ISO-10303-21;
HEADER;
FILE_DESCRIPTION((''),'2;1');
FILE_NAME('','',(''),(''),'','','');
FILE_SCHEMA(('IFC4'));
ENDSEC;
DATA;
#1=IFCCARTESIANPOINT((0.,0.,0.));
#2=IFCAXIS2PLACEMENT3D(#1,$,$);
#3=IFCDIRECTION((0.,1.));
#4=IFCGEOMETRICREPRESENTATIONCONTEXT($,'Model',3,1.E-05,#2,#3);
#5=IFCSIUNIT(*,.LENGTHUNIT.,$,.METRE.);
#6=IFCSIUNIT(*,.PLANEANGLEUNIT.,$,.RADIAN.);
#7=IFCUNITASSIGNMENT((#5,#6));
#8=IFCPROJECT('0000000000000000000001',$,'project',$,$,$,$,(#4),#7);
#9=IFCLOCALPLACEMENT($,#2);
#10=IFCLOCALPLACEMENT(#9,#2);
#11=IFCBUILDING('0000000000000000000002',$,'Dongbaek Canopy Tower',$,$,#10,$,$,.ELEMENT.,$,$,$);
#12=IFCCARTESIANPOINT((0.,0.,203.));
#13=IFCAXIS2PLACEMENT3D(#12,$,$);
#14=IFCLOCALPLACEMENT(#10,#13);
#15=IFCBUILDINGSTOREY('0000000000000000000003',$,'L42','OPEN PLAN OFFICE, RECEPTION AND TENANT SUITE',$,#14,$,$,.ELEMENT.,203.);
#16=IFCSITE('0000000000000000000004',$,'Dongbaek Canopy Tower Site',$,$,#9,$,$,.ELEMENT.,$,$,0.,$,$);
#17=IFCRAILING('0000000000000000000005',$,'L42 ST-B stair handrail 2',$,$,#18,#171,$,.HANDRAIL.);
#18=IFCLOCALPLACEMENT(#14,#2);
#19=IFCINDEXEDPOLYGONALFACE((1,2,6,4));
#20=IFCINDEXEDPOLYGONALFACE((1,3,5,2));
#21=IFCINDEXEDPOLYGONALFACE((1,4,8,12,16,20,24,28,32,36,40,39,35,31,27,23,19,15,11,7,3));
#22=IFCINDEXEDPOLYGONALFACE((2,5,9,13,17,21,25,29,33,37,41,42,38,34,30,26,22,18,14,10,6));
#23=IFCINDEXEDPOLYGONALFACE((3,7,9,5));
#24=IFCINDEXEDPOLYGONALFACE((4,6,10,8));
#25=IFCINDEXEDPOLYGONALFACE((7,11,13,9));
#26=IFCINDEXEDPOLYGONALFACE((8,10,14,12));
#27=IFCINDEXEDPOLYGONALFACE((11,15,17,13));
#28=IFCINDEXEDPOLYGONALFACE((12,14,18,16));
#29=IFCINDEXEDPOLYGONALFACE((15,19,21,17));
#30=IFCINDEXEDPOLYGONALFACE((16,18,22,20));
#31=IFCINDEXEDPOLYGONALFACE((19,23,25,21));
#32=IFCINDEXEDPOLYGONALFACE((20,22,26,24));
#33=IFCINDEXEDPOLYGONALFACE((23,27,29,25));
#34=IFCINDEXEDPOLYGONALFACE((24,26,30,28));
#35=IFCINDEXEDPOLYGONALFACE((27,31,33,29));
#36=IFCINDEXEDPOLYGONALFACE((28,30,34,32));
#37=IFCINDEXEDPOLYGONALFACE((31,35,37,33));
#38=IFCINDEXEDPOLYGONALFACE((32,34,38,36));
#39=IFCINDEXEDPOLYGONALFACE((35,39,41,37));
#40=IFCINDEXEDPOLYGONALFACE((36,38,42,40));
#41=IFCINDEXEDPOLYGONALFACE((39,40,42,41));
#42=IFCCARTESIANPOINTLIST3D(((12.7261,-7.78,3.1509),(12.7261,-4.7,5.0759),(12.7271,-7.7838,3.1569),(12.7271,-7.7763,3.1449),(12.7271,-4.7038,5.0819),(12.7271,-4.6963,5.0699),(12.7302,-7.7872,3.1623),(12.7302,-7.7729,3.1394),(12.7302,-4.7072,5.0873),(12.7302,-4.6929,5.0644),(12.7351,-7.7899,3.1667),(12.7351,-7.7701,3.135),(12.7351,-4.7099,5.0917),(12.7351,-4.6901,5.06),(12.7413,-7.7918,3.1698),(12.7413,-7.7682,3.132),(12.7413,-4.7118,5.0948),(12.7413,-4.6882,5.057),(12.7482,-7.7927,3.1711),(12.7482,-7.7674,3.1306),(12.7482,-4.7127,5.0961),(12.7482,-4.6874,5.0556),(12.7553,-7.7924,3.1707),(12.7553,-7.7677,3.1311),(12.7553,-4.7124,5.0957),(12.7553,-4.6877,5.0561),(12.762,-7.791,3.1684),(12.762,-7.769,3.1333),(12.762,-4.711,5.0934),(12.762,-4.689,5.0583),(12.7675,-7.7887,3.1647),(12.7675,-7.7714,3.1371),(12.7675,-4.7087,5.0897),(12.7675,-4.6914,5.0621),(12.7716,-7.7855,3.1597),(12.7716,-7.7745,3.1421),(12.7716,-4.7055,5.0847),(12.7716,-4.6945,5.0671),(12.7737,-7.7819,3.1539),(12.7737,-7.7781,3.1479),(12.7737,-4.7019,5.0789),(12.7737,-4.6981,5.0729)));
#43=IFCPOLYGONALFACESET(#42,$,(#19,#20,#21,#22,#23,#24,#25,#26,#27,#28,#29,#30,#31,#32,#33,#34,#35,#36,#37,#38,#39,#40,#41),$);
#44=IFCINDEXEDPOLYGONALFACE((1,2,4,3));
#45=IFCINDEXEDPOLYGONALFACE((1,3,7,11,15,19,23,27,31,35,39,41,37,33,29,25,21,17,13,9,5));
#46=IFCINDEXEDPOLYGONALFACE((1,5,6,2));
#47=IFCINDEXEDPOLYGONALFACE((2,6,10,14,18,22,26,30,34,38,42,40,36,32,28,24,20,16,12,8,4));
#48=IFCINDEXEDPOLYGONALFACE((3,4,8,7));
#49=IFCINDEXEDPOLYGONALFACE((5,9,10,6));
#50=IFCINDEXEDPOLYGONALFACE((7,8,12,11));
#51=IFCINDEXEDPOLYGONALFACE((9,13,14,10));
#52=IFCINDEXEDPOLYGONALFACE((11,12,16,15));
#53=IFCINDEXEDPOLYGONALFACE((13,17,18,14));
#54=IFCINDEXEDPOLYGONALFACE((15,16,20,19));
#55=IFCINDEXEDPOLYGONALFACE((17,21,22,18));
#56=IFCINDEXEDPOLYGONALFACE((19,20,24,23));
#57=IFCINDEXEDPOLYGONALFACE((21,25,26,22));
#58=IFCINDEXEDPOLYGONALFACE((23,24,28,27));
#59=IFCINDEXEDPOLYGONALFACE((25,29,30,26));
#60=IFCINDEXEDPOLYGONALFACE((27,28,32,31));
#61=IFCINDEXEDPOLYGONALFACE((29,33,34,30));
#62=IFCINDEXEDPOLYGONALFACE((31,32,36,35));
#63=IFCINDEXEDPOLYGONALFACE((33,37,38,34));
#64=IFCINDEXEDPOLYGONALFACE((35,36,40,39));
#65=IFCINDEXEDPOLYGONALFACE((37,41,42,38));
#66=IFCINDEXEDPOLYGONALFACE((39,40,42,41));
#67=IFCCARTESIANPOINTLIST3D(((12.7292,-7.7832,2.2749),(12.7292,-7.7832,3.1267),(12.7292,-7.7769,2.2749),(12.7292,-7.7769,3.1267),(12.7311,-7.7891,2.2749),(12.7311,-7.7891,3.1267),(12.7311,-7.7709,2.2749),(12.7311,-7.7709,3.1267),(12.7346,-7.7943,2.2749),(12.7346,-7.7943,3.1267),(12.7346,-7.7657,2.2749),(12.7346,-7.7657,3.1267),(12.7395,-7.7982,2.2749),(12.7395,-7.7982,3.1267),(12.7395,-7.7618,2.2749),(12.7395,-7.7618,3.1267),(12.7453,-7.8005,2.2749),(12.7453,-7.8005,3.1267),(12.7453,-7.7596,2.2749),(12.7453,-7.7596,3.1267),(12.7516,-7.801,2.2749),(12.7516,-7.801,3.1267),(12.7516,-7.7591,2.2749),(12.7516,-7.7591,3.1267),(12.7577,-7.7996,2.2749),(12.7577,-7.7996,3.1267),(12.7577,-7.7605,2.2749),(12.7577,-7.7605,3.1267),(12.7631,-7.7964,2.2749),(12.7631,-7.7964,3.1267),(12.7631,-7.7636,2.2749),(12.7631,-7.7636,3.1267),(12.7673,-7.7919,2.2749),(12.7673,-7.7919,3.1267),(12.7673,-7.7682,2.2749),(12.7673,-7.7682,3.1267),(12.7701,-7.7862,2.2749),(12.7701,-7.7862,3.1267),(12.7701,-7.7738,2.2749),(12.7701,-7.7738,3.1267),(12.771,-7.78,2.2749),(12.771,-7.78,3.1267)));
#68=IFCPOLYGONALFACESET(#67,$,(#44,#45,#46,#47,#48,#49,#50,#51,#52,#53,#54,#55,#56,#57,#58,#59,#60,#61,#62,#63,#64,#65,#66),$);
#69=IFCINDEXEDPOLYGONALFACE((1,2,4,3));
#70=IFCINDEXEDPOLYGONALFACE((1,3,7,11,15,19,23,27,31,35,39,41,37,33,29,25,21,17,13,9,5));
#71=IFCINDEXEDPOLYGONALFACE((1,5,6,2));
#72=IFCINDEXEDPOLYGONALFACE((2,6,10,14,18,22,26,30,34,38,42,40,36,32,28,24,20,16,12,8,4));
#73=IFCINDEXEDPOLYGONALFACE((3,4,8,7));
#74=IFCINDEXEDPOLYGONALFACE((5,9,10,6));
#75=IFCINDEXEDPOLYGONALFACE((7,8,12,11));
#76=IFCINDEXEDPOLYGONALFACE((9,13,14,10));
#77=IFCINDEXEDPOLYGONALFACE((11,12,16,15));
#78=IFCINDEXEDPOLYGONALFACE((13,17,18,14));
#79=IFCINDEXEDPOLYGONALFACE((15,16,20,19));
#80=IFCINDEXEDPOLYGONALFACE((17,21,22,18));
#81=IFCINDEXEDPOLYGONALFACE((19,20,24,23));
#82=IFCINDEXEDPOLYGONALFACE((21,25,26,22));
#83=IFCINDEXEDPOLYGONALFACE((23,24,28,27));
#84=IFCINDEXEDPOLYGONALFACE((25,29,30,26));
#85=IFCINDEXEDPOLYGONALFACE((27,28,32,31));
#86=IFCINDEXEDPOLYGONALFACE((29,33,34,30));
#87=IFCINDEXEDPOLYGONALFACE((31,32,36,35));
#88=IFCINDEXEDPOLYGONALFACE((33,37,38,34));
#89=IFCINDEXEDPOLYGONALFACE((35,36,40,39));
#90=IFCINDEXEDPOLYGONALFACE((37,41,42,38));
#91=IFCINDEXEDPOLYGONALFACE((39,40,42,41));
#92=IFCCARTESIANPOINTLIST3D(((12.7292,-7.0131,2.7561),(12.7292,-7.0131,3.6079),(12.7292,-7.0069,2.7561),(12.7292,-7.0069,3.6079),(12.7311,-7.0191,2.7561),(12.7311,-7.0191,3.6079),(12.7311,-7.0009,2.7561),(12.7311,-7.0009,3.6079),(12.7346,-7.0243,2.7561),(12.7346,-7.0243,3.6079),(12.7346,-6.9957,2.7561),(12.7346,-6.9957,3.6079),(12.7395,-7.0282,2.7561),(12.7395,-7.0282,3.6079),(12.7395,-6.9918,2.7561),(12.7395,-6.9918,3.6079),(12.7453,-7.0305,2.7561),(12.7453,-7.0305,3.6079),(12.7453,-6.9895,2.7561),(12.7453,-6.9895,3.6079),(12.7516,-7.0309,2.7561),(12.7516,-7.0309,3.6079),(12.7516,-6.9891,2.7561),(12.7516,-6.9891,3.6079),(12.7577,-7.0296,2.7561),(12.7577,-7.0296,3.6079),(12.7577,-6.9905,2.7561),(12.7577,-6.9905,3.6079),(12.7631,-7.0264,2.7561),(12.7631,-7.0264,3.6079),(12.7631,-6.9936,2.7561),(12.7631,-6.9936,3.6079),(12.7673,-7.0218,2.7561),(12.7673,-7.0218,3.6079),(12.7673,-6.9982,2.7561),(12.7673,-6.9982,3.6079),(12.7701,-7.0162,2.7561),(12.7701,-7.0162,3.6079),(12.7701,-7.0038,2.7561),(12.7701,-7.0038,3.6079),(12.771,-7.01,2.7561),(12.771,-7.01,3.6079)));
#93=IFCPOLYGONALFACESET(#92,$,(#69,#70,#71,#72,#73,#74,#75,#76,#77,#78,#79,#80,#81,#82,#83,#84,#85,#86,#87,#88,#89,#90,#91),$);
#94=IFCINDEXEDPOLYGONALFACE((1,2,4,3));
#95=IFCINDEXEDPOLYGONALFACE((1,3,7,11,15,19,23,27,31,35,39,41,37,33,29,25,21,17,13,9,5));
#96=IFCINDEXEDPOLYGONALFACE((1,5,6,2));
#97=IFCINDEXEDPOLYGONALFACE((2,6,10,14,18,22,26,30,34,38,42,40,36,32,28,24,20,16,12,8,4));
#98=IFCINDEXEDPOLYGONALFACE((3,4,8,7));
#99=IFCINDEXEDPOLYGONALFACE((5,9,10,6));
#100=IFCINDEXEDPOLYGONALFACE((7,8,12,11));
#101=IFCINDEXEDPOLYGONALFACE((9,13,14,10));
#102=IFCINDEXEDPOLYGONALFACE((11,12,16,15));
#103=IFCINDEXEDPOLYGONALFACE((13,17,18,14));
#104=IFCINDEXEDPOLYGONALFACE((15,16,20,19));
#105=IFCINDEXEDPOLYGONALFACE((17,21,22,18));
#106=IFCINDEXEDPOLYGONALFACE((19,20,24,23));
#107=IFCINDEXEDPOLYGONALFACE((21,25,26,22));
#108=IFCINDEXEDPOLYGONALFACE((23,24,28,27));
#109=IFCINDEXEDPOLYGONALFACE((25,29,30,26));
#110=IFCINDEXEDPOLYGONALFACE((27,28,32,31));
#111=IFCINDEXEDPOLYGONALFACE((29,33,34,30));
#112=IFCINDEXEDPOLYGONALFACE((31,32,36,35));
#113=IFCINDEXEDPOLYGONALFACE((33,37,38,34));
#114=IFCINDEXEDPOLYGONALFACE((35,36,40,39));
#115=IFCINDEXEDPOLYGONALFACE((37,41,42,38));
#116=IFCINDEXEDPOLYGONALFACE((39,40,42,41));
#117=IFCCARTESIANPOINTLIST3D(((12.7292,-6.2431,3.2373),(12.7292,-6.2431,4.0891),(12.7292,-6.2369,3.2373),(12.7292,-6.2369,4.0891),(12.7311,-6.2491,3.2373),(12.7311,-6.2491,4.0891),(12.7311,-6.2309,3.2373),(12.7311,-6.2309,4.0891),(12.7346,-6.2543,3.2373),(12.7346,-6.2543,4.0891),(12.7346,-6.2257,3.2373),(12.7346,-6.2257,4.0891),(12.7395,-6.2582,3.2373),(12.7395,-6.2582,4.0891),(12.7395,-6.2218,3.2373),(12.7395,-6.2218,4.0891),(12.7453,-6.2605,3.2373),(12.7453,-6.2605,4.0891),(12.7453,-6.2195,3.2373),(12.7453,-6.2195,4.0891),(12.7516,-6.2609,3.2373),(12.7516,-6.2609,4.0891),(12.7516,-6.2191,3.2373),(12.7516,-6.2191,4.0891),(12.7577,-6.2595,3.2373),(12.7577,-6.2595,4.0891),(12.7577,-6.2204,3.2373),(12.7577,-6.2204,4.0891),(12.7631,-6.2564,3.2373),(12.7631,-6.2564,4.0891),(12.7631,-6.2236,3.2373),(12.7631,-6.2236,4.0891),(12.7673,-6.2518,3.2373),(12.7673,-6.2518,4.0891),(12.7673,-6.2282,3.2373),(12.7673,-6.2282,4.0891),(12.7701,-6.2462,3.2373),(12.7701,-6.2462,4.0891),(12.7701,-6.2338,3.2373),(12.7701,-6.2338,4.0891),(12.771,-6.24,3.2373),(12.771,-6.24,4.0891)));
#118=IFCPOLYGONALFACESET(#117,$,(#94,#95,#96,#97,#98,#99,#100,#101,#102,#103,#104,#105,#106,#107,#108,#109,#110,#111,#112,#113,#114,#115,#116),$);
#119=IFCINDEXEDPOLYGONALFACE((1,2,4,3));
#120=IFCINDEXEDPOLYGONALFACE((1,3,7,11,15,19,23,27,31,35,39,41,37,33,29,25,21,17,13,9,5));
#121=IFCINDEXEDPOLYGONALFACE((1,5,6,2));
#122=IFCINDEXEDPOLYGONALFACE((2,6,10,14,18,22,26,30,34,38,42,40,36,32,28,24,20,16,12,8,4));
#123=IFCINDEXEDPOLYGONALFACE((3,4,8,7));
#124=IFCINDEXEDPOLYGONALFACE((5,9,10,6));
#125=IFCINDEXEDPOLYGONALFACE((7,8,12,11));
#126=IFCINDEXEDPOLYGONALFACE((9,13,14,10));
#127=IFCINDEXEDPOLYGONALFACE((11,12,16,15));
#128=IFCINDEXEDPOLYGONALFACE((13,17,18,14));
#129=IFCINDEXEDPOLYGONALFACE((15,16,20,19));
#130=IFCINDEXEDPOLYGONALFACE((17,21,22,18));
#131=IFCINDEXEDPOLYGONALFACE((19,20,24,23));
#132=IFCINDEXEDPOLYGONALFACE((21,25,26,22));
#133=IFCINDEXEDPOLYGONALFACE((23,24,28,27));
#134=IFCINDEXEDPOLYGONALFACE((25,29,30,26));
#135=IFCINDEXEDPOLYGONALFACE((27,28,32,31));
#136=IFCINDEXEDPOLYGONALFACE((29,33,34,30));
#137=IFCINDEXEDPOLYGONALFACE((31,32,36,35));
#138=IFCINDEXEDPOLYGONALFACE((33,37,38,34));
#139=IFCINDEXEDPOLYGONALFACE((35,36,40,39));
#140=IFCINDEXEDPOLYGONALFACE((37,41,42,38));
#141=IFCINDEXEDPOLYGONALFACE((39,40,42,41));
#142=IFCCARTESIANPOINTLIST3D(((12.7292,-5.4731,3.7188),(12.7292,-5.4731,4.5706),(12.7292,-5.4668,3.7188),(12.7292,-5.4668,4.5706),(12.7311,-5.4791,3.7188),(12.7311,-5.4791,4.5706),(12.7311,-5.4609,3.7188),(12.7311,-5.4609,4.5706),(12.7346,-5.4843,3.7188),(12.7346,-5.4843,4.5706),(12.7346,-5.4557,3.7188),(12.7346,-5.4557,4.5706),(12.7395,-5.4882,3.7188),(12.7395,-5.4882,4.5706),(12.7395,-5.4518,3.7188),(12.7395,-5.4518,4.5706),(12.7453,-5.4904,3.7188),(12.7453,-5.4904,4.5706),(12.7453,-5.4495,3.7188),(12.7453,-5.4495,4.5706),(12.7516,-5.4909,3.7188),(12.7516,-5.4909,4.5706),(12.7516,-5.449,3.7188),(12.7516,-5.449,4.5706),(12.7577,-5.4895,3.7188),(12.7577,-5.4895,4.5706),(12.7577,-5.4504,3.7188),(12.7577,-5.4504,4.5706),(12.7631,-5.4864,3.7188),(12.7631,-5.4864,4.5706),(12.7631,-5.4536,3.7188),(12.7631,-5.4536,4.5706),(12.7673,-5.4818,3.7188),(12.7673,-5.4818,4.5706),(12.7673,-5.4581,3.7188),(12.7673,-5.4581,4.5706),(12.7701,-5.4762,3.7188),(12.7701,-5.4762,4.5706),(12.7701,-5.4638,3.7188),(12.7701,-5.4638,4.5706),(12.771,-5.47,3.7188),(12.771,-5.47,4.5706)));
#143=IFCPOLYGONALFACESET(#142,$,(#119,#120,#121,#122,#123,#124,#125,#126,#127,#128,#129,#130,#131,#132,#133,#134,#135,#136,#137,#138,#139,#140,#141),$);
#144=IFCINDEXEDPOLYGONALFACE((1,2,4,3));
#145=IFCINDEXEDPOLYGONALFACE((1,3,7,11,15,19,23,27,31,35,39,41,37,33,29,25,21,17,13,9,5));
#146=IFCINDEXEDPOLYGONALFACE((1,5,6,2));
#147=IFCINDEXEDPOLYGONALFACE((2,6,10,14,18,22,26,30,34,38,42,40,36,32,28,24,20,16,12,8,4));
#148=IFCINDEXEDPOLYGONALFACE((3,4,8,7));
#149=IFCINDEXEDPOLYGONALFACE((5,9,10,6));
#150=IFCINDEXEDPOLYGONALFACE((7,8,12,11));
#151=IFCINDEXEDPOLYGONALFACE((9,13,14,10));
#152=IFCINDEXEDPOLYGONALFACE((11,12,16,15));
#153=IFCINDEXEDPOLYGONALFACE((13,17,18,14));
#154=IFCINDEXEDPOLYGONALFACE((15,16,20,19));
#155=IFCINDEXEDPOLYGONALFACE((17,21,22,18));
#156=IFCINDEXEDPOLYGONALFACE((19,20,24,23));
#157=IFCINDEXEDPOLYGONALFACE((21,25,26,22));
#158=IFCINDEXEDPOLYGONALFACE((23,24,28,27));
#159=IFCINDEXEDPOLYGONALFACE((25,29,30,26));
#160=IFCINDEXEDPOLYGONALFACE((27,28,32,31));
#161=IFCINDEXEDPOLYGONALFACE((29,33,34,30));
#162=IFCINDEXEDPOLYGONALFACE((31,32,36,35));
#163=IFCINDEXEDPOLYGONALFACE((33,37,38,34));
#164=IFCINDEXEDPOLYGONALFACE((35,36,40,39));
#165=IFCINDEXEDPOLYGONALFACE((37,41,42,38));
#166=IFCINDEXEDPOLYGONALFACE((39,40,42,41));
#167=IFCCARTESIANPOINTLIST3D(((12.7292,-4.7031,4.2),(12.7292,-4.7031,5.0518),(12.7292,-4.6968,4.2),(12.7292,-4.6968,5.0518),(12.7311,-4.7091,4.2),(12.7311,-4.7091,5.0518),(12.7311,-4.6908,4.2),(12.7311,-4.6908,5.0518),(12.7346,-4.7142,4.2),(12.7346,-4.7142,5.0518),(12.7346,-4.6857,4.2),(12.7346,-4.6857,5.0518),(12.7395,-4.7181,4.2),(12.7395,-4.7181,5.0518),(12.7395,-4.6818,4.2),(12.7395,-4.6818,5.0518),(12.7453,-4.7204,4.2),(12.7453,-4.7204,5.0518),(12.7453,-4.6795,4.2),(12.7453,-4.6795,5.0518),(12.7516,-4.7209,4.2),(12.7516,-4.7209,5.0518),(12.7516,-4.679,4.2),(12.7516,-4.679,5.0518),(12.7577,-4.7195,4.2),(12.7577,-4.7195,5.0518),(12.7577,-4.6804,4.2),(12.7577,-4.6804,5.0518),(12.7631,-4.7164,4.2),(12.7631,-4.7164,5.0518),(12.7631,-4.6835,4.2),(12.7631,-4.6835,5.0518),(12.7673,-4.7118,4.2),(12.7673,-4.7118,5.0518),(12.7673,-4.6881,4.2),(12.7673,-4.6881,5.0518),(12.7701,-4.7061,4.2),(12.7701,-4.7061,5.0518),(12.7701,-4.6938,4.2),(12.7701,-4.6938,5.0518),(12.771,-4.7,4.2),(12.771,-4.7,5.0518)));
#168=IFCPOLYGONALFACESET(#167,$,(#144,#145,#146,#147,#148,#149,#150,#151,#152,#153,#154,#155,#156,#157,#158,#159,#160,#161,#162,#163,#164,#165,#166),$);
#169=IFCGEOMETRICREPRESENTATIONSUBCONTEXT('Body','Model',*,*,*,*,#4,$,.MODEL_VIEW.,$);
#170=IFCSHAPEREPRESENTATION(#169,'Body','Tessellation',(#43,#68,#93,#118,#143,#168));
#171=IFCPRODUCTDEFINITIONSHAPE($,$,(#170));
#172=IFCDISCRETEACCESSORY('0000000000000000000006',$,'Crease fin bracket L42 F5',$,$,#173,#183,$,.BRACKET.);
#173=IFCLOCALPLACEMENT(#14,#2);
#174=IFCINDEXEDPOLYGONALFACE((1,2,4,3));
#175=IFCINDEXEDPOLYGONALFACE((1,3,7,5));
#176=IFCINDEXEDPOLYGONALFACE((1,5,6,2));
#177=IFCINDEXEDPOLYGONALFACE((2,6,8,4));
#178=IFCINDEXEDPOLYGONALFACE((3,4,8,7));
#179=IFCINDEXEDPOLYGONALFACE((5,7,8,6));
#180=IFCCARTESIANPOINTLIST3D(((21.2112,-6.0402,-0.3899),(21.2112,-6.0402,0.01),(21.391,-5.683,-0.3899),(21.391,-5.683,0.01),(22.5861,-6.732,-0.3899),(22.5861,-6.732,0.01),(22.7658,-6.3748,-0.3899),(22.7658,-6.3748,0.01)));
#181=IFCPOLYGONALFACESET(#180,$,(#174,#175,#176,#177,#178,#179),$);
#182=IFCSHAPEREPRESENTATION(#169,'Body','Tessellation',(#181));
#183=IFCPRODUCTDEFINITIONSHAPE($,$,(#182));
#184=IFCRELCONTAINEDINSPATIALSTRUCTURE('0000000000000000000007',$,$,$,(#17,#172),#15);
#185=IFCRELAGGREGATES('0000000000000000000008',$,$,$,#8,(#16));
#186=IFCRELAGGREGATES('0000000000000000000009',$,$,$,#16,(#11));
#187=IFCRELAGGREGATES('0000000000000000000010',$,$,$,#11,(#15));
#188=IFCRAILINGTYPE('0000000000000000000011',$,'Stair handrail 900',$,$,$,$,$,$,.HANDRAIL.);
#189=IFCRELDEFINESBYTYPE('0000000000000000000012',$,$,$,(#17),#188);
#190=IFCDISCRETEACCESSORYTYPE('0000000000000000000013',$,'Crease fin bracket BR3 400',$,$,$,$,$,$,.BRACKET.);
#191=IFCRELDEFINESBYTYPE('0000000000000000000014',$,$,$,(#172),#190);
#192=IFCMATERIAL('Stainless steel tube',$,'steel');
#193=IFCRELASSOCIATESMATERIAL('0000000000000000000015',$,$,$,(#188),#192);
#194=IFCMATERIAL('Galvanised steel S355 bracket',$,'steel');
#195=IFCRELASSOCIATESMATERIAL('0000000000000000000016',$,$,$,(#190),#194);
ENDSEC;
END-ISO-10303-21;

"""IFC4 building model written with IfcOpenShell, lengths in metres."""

from ifc_helpers import new_model, si_unit, direction, frame, origin, origin_2d, place, context, subcontext, project, spatial, rectangle, circle, extrude, material, type_object, element, save


model = new_model("IFC4")

# Units and contexts
model_context = context("Model", 3, precision=1e-05, world=origin(), true_north=direction((0.0, 1.0)))
body_context = subcontext(model_context, "Body", "Model", "MODEL_VIEW")
ifc_project = project(units=[si_unit("LENGTHUNIT", "METRE"), si_unit("PLANEANGLEUNIT", "RADIAN")], contexts=[model_context])

# Site, building, storey
site_placement = place(None, origin())
site = spatial("IfcSite", under=ifc_project, at=site_placement, Name="Dongbaek Canopy Tower Site", CompositionType="ELEMENT", RefElevation=0.0)
building_placement = place(site_placement, origin())
building = spatial("IfcBuilding", under=site, at=building_placement, Name="Dongbaek Canopy Tower", CompositionType="ELEMENT")
storey_placement = place(building_placement, frame((0.0, 0.0, 203.0)))
storey = spatial("IfcBuildingStorey", under=building, at=storey_placement, Name="L42", Description="OPEN PLAN OFFICE, RECEPTION AND TENANT SUITE", CompositionType="ELEMENT", Elevation=203.0)

# Railing
ifc_material_1 = material(Name="Stainless steel tube", Category="steel")
railing_type = type_object("IfcRailingType", Name="Stair handrail 900", PredefinedType="HANDRAIL", material=ifc_material_1)
railing_placement = place(storey_placement, frame((12.75, -7.78, 2.2749)))
element("IfcRailing", 1, at=railing_placement, inside=storey, type_object=railing_type, Name="L42 ST-B stair handrail 2", PredefinedType="HANDRAIL", context=body_context, shape_type="SweptSolid", body=[
    extrude(circle(Radius=0.0239, at=origin_2d()), frame((0.0, 0.0, 0.876), z_axis=(0.0, 0.847998, 0.529999), x_axis=(-1.0, 0.0, 0.0)), (0.0, 0.0, 1.0), 3.6321),
    extrude(circle(Radius=0.021, at=origin_2d()), origin(), (0.0, 0.0, 1.0), 0.8518),
    extrude(circle(Radius=0.021, at=origin_2d()), frame((0.0, 0.77, 0.4812)), (0.0, 0.0, 1.0), 0.8518),
    extrude(circle(Radius=0.021, at=origin_2d()), frame((0.0, 1.54, 0.9624)), (0.0, 0.0, 1.0), 0.8518),
    extrude(circle(Radius=0.021, at=origin_2d()), frame((0.0, 2.3101, 1.4438)), (0.0, 0.0, 1.0), 0.8518),
    extrude(circle(Radius=0.021, at=origin_2d()), frame((0.0, 3.0801, 1.925)), (0.0, 0.0, 1.0), 0.8518),
])

# Discrete accessory
ifc_material_2 = material(Name="Galvanised steel S355 bracket", Category="steel")
discrete_accessory_type = type_object("IfcDiscreteAccessoryType", Name="Crease fin bracket BR3 400", PredefinedType="BRACKET", material=ifc_material_2)
discrete_accessory_placement = place(storey_placement, frame((21.9885, -6.2075, -0.3899), z_axis=(0.0, 0.0, 1.0), x_axis=(0.893281, -0.449498, 0.0)))
element("IfcDiscreteAccessory", 2, at=discrete_accessory_placement, inside=storey, type_object=discrete_accessory_type, Name="Crease fin bracket L42 F5", PredefinedType="BRACKET", context=body_context, shape_type="SweptSolid", body=[
    extrude(rectangle(XDim=1.5391, YDim=0.3999, at=origin_2d()), origin(), (0.0, 0.0, 1.0), 0.3999),
])

save(model, "model.ifc")
